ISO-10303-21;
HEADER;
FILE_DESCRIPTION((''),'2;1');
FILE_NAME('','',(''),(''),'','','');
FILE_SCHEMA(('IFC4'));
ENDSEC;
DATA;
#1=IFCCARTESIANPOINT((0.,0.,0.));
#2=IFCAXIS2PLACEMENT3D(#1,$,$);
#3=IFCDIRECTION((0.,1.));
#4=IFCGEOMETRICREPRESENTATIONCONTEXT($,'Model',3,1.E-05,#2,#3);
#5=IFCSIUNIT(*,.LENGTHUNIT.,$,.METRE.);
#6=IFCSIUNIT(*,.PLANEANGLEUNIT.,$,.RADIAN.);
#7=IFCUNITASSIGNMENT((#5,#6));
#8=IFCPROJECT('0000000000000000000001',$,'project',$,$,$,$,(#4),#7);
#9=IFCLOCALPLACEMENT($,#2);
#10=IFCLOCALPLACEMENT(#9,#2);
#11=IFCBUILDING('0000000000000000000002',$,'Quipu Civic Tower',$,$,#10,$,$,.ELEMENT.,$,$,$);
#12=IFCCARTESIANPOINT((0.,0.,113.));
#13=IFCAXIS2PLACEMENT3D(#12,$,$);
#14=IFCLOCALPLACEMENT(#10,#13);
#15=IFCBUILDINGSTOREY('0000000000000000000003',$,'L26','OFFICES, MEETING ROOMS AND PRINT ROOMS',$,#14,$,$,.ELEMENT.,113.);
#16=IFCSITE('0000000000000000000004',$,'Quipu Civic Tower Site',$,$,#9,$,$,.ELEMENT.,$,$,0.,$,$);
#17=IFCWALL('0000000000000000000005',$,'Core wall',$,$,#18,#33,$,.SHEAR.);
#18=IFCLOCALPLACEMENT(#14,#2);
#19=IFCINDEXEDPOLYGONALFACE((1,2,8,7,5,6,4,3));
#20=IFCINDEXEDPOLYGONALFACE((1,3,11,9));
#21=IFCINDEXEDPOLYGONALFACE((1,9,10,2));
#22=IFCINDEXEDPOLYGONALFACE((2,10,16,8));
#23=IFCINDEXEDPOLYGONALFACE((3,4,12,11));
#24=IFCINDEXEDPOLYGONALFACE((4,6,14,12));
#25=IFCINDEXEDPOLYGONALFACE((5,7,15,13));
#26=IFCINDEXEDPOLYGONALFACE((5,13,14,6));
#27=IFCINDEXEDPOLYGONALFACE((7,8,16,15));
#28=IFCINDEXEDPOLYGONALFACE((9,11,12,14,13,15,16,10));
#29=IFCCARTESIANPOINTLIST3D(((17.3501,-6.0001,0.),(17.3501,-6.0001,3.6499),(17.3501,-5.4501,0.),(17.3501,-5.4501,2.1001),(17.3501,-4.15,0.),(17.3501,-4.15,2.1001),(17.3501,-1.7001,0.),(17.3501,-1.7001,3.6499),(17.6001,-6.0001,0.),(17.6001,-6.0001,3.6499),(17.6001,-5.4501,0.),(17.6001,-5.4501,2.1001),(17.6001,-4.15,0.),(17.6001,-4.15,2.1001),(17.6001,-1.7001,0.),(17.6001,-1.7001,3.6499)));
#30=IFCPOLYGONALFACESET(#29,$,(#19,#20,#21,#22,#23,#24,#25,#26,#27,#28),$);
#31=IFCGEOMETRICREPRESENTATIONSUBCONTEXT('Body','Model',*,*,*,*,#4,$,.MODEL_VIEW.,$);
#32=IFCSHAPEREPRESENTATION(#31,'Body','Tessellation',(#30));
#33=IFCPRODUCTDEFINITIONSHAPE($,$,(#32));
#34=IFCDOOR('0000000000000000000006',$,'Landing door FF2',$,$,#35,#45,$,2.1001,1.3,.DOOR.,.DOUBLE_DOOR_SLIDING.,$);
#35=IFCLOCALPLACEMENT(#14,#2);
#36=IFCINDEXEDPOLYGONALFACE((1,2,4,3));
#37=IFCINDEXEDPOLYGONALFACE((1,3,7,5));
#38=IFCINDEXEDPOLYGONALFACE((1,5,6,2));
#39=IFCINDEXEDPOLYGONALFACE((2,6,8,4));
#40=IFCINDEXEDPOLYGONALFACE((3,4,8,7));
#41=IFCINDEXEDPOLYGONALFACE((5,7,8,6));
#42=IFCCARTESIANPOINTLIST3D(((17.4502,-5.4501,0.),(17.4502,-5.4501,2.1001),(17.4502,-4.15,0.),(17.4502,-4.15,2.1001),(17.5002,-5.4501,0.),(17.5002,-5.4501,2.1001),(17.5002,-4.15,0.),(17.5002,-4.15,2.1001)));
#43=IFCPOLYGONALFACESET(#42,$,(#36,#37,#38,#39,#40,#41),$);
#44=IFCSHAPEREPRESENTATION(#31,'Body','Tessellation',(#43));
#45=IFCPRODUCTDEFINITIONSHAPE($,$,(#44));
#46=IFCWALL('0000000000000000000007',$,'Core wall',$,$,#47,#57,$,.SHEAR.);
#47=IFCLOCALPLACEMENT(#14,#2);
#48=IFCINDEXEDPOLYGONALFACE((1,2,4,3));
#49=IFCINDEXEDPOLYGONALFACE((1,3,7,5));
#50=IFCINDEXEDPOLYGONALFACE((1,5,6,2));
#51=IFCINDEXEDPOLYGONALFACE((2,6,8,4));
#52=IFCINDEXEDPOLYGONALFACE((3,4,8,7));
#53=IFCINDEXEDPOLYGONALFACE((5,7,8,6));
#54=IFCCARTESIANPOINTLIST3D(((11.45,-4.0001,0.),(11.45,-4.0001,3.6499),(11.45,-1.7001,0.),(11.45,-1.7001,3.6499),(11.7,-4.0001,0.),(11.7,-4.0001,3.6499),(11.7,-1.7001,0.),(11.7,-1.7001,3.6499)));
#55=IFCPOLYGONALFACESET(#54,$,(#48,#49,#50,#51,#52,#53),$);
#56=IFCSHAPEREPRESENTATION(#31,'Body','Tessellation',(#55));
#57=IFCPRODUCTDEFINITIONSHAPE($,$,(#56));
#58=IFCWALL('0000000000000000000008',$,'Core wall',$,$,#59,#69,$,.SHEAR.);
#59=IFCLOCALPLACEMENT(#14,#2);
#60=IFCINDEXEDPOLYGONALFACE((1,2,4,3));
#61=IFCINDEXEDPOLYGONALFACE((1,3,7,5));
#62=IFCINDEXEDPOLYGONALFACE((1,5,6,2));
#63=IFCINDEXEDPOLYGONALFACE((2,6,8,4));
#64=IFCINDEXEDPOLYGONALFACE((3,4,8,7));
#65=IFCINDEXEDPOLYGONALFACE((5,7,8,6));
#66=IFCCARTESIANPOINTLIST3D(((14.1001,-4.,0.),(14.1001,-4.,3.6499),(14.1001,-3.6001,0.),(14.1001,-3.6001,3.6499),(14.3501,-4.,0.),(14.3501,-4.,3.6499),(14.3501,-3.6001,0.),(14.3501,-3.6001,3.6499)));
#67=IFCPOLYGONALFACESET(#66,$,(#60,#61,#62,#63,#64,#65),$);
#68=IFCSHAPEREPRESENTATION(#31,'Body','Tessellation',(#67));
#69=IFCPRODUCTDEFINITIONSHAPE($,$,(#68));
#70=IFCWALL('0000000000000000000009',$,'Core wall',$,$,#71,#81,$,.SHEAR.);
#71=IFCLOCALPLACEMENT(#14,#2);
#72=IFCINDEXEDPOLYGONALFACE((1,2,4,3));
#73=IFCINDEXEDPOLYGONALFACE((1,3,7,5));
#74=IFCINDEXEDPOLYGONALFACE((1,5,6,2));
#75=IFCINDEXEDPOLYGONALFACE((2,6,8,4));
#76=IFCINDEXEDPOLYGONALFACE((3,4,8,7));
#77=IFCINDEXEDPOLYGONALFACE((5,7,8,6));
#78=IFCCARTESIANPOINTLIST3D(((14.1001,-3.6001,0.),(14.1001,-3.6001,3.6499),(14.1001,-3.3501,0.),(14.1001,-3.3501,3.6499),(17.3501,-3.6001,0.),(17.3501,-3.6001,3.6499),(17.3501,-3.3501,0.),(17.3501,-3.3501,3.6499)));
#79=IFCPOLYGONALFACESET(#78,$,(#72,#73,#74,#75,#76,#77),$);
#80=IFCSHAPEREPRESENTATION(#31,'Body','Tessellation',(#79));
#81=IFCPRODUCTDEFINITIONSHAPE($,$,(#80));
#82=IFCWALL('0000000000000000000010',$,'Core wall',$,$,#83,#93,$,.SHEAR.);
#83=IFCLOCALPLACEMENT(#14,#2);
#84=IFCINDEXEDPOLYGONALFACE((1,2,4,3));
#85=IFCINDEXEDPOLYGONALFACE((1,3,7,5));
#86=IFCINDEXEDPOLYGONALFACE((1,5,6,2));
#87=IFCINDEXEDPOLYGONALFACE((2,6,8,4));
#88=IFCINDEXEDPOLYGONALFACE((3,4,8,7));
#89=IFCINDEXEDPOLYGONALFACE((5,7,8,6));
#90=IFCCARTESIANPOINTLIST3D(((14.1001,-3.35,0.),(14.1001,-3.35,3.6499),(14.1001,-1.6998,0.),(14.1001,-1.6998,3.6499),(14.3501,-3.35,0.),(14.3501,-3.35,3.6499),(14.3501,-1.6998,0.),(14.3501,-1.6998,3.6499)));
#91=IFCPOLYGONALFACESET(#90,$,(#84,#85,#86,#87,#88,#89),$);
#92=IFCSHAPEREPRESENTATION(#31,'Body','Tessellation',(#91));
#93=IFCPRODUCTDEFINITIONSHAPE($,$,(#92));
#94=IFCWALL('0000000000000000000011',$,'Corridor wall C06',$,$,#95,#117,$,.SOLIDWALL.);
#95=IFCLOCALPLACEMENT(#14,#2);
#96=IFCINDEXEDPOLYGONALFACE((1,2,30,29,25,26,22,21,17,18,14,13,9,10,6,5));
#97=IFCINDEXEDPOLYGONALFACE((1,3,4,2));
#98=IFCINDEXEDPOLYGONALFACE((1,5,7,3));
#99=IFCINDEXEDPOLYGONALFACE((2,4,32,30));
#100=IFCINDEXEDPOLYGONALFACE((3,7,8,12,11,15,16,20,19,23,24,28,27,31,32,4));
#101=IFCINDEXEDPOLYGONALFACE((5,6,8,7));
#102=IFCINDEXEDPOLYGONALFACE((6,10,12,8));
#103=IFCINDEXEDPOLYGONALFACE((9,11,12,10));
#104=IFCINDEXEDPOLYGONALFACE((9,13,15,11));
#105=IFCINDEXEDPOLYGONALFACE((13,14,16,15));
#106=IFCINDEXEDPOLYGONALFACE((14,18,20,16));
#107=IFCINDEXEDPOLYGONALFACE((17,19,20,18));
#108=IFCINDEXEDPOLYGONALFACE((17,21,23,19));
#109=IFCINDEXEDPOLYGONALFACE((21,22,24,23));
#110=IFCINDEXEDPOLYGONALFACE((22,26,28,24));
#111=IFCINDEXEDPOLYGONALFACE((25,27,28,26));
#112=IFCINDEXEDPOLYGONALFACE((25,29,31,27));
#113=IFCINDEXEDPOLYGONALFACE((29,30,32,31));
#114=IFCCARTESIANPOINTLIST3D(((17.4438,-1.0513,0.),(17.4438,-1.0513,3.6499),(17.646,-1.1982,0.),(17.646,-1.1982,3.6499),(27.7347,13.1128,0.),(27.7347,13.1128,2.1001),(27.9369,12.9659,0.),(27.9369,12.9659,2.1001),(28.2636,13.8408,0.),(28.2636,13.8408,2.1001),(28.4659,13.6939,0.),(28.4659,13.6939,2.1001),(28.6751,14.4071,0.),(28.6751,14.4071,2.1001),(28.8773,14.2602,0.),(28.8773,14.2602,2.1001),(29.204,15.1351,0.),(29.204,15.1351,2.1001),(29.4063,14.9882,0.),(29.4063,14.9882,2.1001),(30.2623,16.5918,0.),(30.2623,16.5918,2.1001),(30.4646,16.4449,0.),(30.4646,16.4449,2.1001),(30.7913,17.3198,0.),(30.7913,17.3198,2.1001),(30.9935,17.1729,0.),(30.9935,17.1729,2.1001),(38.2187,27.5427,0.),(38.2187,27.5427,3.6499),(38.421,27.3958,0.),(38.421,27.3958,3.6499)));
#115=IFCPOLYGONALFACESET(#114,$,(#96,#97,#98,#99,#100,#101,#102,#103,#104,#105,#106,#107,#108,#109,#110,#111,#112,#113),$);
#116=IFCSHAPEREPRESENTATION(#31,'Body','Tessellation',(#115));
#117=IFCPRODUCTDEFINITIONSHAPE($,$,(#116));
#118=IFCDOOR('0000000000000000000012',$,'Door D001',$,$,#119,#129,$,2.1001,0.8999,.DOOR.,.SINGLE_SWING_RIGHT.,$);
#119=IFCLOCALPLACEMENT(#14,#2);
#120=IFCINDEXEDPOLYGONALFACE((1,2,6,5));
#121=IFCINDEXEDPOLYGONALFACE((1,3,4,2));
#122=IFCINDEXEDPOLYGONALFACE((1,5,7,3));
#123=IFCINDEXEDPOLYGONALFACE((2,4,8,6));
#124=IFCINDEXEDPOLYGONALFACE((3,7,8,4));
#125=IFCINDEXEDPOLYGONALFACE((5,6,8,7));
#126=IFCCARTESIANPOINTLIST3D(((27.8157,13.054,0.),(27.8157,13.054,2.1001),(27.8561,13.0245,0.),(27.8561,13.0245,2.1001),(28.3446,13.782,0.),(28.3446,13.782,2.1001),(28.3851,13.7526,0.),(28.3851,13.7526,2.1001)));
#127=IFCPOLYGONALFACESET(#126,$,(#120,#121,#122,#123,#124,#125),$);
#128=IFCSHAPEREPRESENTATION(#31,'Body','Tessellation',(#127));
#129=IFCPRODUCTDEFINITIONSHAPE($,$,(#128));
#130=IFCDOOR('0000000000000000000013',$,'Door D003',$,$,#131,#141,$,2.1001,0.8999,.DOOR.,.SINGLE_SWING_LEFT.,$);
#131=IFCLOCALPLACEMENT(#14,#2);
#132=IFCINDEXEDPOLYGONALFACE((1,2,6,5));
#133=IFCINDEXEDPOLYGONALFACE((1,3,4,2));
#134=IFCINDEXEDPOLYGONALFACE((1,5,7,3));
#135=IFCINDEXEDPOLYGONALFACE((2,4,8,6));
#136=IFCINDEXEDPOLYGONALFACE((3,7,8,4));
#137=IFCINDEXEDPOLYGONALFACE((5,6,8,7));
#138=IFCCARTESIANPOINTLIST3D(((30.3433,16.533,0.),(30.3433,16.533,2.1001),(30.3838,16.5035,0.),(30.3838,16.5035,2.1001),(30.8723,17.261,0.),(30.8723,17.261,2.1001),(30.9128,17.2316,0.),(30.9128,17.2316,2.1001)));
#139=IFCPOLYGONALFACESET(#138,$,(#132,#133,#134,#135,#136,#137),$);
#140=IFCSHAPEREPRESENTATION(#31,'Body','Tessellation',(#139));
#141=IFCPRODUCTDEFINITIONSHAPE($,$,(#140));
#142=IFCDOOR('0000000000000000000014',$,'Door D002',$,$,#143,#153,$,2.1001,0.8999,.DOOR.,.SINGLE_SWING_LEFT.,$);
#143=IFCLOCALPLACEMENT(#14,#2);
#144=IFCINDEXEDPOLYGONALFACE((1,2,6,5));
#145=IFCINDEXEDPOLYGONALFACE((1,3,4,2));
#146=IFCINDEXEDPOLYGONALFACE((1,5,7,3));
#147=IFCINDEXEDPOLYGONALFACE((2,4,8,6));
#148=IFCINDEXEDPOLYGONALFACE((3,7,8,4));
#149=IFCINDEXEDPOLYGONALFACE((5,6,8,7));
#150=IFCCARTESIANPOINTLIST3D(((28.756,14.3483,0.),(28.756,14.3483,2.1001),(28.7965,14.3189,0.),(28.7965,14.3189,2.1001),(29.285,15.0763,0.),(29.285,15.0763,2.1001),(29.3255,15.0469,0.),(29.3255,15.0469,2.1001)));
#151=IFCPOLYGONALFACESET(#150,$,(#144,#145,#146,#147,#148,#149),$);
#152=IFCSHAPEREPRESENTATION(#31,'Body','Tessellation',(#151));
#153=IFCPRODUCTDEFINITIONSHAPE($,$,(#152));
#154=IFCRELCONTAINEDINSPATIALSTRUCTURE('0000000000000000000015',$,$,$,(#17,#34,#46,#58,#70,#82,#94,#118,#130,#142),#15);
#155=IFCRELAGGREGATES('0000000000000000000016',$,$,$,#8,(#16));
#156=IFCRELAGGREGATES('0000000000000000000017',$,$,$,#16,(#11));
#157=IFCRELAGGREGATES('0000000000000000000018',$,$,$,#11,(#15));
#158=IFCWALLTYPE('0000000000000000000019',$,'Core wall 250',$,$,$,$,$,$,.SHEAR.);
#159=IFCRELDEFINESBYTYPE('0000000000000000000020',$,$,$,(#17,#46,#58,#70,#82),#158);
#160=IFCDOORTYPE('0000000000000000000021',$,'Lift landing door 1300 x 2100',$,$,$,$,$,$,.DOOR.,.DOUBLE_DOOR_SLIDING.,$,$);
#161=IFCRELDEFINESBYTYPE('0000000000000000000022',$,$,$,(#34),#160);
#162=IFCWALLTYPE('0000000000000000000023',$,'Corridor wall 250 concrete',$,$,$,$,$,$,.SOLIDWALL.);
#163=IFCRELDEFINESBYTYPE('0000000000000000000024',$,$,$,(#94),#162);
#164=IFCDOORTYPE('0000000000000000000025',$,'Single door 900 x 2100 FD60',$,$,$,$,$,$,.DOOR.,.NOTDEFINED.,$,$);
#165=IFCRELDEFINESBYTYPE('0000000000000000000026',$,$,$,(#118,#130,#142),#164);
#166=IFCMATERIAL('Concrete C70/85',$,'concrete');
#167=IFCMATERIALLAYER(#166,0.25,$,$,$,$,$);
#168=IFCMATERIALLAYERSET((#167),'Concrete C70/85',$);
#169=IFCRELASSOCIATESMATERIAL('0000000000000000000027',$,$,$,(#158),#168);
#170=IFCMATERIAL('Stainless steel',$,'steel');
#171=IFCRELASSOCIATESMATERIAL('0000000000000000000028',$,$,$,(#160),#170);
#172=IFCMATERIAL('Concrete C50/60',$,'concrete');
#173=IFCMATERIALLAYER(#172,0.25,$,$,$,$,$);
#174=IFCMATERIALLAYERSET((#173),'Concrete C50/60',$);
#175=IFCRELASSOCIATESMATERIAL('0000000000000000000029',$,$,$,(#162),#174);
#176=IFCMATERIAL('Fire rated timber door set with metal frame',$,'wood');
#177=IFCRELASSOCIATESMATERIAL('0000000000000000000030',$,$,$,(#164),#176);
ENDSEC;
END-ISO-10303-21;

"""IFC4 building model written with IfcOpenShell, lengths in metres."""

from ifc_helpers import new_model, si_unit, direction, frame, frame_2d, origin, place, context, subcontext, project, spatial, rectangle, extrude, material, layer, layer_set, type_object, element, fill, save


model = new_model("IFC4")

# Units and contexts
model_context = context("Model", 3, precision=1e-05, world=origin(), true_north=direction((0.0, 1.0)))
body_context = subcontext(model_context, "Body", "Model", "MODEL_VIEW")
ifc_project = project(units=[si_unit("LENGTHUNIT", "METRE"), si_unit("PLANEANGLEUNIT", "RADIAN")], contexts=[model_context])

# Site, building, storey
site_placement = place(None, origin())
site = spatial("IfcSite", under=ifc_project, at=site_placement, Name="Quipu Civic Tower Site", CompositionType="ELEMENT", RefElevation=0.0)
building_placement = place(site_placement, origin())
building = spatial("IfcBuilding", under=site, at=building_placement, Name="Quipu Civic Tower", CompositionType="ELEMENT")
storey_placement = place(building_placement, frame((0.0, 0.0, 113.0)))
storey = spatial("IfcBuildingStorey", under=building, at=storey_placement, Name="L26", Description="OFFICES, MEETING ROOMS AND PRINT ROOMS", CompositionType="ELEMENT", Elevation=113.0)

# Shared definitions
ifc_material_1 = material(Name="Concrete C70/85", Category="concrete")
ifc_layer_1 = layer(ifc_material_1, 0.25)
ifc_layer_set_1 = layer_set([ifc_layer_1], Name="Concrete C70/85")
wall_type_1 = type_object("IfcWallType", Name="Core wall 250", PredefinedType="SHEAR", material=ifc_layer_set_1)

# Wall, opening, door
wall_1_placement = place(storey_placement, frame((17.4751, -6.0, 0.0), z_axis=(0.0, 0.0, 1.0), x_axis=(0.0, 1.0, 0.0)))
wall_1 = element("IfcWall", 1, at=wall_1_placement, inside=storey, type_object=wall_type_1, Name="Core wall", PredefinedType="SHEAR", context=body_context, shape_type="SweptSolid", body=[
    extrude(rectangle(XDim=4.3, YDim=0.25, at=frame_2d((2.1499, 0.0))), origin(), (0.0, 0.0, 1.0), 3.6499),
])
opening_1_placement = place(wall_1_placement, frame((0.55, 0.0, 0.0)))
opening_1 = element("IfcOpeningElement", 2, at=opening_1_placement, cuts=wall_1, PredefinedType="OPENING", context=body_context, shape_type="SweptSolid", body=[
    extrude(rectangle(XDim=1.3, YDim=2.1001, at=frame_2d((0.6499, 1.05))), frame((0.0, 0.135, 0.0), z_axis=(0.0, -1.0, 0.0), x_axis=(1.0, 0.0, 0.0)), (0.0, 0.0, 1.0), 0.27),
])
ifc_material_2 = material(Name="Stainless steel", Category="steel")
door_type_1 = type_object("IfcDoorType", Name="Lift landing door 1300 x 2100", OperationType="DOUBLE_DOOR_SLIDING", PredefinedType="DOOR", material=ifc_material_2)
door_1_placement = place(opening_1_placement, origin())
door_1 = element("IfcDoor", 3, at=door_1_placement, inside=storey, type_object=door_type_1, Name="Landing door FF2", OperationType="DOUBLE_DOOR_SLIDING", OverallHeight=2.1001, OverallWidth=1.3, PredefinedType="DOOR", context=body_context, shape_type="SweptSolid", body=[
    extrude(rectangle(XDim=1.3, YDim=2.1001, at=frame_2d((0.6499, 1.05))), frame((0.0, 0.0249, 0.0), z_axis=(0.0, -1.0, 0.0), x_axis=(1.0, 0.0, 0.0)), (0.0, 0.0, 1.0), 0.05),
])
fill(opening_1, door_1)

# Walls
wall_2_placement = place(storey_placement, frame((11.575, -4.0, 0.0), z_axis=(0.0, 0.0, 1.0), x_axis=(0.0, 1.0, 0.0)))
element("IfcWall", 4, at=wall_2_placement, inside=storey, type_object=wall_type_1, Name="Core wall", PredefinedType="SHEAR", context=body_context, shape_type="SweptSolid", body=[
    extrude(rectangle(XDim=2.3, YDim=0.25, at=frame_2d((1.1499, 0.0))), origin(), (0.0, 0.0, 1.0), 3.6499),
])
wall_3_placement = place(storey_placement, frame((14.2251, -4.0, 0.0), z_axis=(0.0, 0.0, 1.0), x_axis=(0.0, 1.0, 0.0)))
element("IfcWall", 5, at=wall_3_placement, inside=storey, type_object=wall_type_1, Name="Core wall", PredefinedType="SHEAR", context=body_context, shape_type="SweptSolid", body=[
    extrude(rectangle(XDim=0.3999, YDim=0.25, at=frame_2d((0.2, 0.0))), origin(), (0.0, 0.0, 1.0), 3.6499),
])
wall_4_placement = place(storey_placement, frame((14.1001, -3.4751, 0.0), z_axis=(0.0, 0.0, 1.0), x_axis=(1.0, 0.0, 0.0)))
element("IfcWall", 6, at=wall_4_placement, inside=storey, type_object=wall_type_1, Name="Core wall", PredefinedType="SHEAR", context=body_context, shape_type="SweptSolid", body=[
    extrude(rectangle(XDim=3.25, YDim=0.25, at=frame_2d((1.625, 0.0))), origin(), (0.0, 0.0, 1.0), 3.6499),
])
wall_5_placement = place(storey_placement, frame((14.2251, -3.3501, 0.0), z_axis=(0.0, 0.0, 1.0), x_axis=(0.0, 1.0, 0.0)))
element("IfcWall", 7, at=wall_5_placement, inside=storey, type_object=wall_type_1, Name="Core wall", PredefinedType="SHEAR", context=body_context, shape_type="SweptSolid", body=[
    extrude(rectangle(XDim=1.6501, YDim=0.25, at=frame_2d((0.8252, 0.0))), origin(), (0.0, 0.0, 1.0), 3.6499),
])

# Wall, openings, doors
ifc_material_3 = material(Name="Concrete C50/60", Category="concrete")
ifc_layer_2 = layer(ifc_material_3, 0.25)
ifc_layer_set_2 = layer_set([ifc_layer_2], Name="Concrete C50/60")
wall_type_2 = type_object("IfcWallType", Name="Corridor wall 250 concrete", PredefinedType="SOLIDWALL", material=ifc_layer_set_2)
wall_6_placement = place(storey_placement, frame((17.5449, -1.1248, 0.0), z_axis=(0.0, 0.0, 1.0), x_axis=(0.587788, 0.809015, 0.0)))
wall_6 = element("IfcWall", 8, at=wall_6_placement, inside=storey, type_object=wall_type_2, Name="Corridor wall C06", PredefinedType="SOLIDWALL", context=body_context, shape_type="SweptSolid", body=[
    extrude(rectangle(XDim=35.3442, YDim=0.25, at=frame_2d((17.6721, 0.0))), origin(), (0.0, 0.0, 1.0), 3.6499),
])
opening_2_placement = place(wall_6_placement, frame((17.5078, 0.0, 0.0)))
opening_2 = element("IfcOpeningElement", 9, at=opening_2_placement, cuts=wall_6, PredefinedType="OPENING", context=body_context, shape_type="SweptSolid", body=[
    extrude(rectangle(XDim=0.8999, YDim=2.1001, at=frame_2d((0.45, 1.05))), frame((0.0, 0.135, 0.0), z_axis=(0.0, -1.0, 0.0), x_axis=(1.0, 0.0, 0.0)), (0.0, 0.0, 1.0), 0.27),
])
opening_3_placement = place(wall_6_placement, frame((21.8081, 0.0, 0.0)))
opening_3 = element("IfcOpeningElement", 10, at=opening_3_placement, cuts=wall_6, PredefinedType="OPENING", context=body_context, shape_type="SweptSolid", body=[
    extrude(rectangle(XDim=0.8999, YDim=2.1001, at=frame_2d((0.45, 1.05))), frame((0.0, 0.135, 0.0), z_axis=(0.0, -1.0, 0.0), x_axis=(1.0, 0.0, 0.0)), (0.0, 0.0, 1.0), 0.27),
])
opening_4_placement = place(wall_6_placement, frame((19.1077, 0.0, 0.0)))
opening_4 = element("IfcOpeningElement", 11, at=opening_4_placement, cuts=wall_6, PredefinedType="OPENING", context=body_context, shape_type="SweptSolid", body=[
    extrude(rectangle(XDim=0.8999, YDim=2.1001, at=frame_2d((0.45, 1.05))), frame((0.0, 0.135, 0.0), z_axis=(0.0, -1.0, 0.0), x_axis=(1.0, 0.0, 0.0)), (0.0, 0.0, 1.0), 0.27),
])
ifc_material_4 = material(Name="Fire rated timber door set with metal frame", Category="wood")
door_type_2 = type_object("IfcDoorType", Name="Single door 900 x 2100 FD60", OperationType="NOTDEFINED", PredefinedType="DOOR", material=ifc_material_4)
door_2_placement = place(opening_2_placement, origin())
door_2 = element("IfcDoor", 12, at=door_2_placement, inside=storey, type_object=door_type_2, Name="Door D001", OperationType="SINGLE_SWING_RIGHT", OverallHeight=2.1001, OverallWidth=0.8999, PredefinedType="DOOR", context=body_context, shape_type="SweptSolid", body=[
    extrude(rectangle(XDim=0.8999, YDim=2.1001, at=frame_2d((0.45, 1.05))), frame((0.0, 0.0249, 0.0), z_axis=(0.0, -1.0, 0.0), x_axis=(1.0, 0.0, 0.0)), (0.0, 0.0, 1.0), 0.05),
])
fill(opening_2, door_2)
door_3_placement = place(opening_3_placement, origin())
door_3 = element("IfcDoor", 13, at=door_3_placement, inside=storey, type_object=door_type_2, Name="Door D003", OperationType="SINGLE_SWING_LEFT", OverallHeight=2.1001, OverallWidth=0.8999, PredefinedType="DOOR", context=body_context, shape_type="SweptSolid", body=[
    extrude(rectangle(XDim=0.8999, YDim=2.1001, at=frame_2d((0.45, 1.05))), frame((0.0, 0.0249, 0.0), z_axis=(0.0, -1.0, 0.0), x_axis=(1.0, 0.0, 0.0)), (0.0, 0.0, 1.0), 0.05),
])
fill(opening_3, door_3)
door_4_placement = place(opening_4_placement, origin())
door_4 = element("IfcDoor", 14, at=door_4_placement, inside=storey, type_object=door_type_2, Name="Door D002", OperationType="SINGLE_SWING_LEFT", OverallHeight=2.1001, OverallWidth=0.8999, PredefinedType="DOOR", context=body_context, shape_type="SweptSolid", body=[
    extrude(rectangle(XDim=0.8999, YDim=2.1001, at=frame_2d((0.45, 1.05))), frame((0.0, 0.0249, 0.0), z_axis=(0.0, -1.0, 0.0), x_axis=(1.0, 0.0, 0.0)), (0.0, 0.0, 1.0), 0.05),
])
fill(opening_4, door_4)

save(model, "model.ifc")
